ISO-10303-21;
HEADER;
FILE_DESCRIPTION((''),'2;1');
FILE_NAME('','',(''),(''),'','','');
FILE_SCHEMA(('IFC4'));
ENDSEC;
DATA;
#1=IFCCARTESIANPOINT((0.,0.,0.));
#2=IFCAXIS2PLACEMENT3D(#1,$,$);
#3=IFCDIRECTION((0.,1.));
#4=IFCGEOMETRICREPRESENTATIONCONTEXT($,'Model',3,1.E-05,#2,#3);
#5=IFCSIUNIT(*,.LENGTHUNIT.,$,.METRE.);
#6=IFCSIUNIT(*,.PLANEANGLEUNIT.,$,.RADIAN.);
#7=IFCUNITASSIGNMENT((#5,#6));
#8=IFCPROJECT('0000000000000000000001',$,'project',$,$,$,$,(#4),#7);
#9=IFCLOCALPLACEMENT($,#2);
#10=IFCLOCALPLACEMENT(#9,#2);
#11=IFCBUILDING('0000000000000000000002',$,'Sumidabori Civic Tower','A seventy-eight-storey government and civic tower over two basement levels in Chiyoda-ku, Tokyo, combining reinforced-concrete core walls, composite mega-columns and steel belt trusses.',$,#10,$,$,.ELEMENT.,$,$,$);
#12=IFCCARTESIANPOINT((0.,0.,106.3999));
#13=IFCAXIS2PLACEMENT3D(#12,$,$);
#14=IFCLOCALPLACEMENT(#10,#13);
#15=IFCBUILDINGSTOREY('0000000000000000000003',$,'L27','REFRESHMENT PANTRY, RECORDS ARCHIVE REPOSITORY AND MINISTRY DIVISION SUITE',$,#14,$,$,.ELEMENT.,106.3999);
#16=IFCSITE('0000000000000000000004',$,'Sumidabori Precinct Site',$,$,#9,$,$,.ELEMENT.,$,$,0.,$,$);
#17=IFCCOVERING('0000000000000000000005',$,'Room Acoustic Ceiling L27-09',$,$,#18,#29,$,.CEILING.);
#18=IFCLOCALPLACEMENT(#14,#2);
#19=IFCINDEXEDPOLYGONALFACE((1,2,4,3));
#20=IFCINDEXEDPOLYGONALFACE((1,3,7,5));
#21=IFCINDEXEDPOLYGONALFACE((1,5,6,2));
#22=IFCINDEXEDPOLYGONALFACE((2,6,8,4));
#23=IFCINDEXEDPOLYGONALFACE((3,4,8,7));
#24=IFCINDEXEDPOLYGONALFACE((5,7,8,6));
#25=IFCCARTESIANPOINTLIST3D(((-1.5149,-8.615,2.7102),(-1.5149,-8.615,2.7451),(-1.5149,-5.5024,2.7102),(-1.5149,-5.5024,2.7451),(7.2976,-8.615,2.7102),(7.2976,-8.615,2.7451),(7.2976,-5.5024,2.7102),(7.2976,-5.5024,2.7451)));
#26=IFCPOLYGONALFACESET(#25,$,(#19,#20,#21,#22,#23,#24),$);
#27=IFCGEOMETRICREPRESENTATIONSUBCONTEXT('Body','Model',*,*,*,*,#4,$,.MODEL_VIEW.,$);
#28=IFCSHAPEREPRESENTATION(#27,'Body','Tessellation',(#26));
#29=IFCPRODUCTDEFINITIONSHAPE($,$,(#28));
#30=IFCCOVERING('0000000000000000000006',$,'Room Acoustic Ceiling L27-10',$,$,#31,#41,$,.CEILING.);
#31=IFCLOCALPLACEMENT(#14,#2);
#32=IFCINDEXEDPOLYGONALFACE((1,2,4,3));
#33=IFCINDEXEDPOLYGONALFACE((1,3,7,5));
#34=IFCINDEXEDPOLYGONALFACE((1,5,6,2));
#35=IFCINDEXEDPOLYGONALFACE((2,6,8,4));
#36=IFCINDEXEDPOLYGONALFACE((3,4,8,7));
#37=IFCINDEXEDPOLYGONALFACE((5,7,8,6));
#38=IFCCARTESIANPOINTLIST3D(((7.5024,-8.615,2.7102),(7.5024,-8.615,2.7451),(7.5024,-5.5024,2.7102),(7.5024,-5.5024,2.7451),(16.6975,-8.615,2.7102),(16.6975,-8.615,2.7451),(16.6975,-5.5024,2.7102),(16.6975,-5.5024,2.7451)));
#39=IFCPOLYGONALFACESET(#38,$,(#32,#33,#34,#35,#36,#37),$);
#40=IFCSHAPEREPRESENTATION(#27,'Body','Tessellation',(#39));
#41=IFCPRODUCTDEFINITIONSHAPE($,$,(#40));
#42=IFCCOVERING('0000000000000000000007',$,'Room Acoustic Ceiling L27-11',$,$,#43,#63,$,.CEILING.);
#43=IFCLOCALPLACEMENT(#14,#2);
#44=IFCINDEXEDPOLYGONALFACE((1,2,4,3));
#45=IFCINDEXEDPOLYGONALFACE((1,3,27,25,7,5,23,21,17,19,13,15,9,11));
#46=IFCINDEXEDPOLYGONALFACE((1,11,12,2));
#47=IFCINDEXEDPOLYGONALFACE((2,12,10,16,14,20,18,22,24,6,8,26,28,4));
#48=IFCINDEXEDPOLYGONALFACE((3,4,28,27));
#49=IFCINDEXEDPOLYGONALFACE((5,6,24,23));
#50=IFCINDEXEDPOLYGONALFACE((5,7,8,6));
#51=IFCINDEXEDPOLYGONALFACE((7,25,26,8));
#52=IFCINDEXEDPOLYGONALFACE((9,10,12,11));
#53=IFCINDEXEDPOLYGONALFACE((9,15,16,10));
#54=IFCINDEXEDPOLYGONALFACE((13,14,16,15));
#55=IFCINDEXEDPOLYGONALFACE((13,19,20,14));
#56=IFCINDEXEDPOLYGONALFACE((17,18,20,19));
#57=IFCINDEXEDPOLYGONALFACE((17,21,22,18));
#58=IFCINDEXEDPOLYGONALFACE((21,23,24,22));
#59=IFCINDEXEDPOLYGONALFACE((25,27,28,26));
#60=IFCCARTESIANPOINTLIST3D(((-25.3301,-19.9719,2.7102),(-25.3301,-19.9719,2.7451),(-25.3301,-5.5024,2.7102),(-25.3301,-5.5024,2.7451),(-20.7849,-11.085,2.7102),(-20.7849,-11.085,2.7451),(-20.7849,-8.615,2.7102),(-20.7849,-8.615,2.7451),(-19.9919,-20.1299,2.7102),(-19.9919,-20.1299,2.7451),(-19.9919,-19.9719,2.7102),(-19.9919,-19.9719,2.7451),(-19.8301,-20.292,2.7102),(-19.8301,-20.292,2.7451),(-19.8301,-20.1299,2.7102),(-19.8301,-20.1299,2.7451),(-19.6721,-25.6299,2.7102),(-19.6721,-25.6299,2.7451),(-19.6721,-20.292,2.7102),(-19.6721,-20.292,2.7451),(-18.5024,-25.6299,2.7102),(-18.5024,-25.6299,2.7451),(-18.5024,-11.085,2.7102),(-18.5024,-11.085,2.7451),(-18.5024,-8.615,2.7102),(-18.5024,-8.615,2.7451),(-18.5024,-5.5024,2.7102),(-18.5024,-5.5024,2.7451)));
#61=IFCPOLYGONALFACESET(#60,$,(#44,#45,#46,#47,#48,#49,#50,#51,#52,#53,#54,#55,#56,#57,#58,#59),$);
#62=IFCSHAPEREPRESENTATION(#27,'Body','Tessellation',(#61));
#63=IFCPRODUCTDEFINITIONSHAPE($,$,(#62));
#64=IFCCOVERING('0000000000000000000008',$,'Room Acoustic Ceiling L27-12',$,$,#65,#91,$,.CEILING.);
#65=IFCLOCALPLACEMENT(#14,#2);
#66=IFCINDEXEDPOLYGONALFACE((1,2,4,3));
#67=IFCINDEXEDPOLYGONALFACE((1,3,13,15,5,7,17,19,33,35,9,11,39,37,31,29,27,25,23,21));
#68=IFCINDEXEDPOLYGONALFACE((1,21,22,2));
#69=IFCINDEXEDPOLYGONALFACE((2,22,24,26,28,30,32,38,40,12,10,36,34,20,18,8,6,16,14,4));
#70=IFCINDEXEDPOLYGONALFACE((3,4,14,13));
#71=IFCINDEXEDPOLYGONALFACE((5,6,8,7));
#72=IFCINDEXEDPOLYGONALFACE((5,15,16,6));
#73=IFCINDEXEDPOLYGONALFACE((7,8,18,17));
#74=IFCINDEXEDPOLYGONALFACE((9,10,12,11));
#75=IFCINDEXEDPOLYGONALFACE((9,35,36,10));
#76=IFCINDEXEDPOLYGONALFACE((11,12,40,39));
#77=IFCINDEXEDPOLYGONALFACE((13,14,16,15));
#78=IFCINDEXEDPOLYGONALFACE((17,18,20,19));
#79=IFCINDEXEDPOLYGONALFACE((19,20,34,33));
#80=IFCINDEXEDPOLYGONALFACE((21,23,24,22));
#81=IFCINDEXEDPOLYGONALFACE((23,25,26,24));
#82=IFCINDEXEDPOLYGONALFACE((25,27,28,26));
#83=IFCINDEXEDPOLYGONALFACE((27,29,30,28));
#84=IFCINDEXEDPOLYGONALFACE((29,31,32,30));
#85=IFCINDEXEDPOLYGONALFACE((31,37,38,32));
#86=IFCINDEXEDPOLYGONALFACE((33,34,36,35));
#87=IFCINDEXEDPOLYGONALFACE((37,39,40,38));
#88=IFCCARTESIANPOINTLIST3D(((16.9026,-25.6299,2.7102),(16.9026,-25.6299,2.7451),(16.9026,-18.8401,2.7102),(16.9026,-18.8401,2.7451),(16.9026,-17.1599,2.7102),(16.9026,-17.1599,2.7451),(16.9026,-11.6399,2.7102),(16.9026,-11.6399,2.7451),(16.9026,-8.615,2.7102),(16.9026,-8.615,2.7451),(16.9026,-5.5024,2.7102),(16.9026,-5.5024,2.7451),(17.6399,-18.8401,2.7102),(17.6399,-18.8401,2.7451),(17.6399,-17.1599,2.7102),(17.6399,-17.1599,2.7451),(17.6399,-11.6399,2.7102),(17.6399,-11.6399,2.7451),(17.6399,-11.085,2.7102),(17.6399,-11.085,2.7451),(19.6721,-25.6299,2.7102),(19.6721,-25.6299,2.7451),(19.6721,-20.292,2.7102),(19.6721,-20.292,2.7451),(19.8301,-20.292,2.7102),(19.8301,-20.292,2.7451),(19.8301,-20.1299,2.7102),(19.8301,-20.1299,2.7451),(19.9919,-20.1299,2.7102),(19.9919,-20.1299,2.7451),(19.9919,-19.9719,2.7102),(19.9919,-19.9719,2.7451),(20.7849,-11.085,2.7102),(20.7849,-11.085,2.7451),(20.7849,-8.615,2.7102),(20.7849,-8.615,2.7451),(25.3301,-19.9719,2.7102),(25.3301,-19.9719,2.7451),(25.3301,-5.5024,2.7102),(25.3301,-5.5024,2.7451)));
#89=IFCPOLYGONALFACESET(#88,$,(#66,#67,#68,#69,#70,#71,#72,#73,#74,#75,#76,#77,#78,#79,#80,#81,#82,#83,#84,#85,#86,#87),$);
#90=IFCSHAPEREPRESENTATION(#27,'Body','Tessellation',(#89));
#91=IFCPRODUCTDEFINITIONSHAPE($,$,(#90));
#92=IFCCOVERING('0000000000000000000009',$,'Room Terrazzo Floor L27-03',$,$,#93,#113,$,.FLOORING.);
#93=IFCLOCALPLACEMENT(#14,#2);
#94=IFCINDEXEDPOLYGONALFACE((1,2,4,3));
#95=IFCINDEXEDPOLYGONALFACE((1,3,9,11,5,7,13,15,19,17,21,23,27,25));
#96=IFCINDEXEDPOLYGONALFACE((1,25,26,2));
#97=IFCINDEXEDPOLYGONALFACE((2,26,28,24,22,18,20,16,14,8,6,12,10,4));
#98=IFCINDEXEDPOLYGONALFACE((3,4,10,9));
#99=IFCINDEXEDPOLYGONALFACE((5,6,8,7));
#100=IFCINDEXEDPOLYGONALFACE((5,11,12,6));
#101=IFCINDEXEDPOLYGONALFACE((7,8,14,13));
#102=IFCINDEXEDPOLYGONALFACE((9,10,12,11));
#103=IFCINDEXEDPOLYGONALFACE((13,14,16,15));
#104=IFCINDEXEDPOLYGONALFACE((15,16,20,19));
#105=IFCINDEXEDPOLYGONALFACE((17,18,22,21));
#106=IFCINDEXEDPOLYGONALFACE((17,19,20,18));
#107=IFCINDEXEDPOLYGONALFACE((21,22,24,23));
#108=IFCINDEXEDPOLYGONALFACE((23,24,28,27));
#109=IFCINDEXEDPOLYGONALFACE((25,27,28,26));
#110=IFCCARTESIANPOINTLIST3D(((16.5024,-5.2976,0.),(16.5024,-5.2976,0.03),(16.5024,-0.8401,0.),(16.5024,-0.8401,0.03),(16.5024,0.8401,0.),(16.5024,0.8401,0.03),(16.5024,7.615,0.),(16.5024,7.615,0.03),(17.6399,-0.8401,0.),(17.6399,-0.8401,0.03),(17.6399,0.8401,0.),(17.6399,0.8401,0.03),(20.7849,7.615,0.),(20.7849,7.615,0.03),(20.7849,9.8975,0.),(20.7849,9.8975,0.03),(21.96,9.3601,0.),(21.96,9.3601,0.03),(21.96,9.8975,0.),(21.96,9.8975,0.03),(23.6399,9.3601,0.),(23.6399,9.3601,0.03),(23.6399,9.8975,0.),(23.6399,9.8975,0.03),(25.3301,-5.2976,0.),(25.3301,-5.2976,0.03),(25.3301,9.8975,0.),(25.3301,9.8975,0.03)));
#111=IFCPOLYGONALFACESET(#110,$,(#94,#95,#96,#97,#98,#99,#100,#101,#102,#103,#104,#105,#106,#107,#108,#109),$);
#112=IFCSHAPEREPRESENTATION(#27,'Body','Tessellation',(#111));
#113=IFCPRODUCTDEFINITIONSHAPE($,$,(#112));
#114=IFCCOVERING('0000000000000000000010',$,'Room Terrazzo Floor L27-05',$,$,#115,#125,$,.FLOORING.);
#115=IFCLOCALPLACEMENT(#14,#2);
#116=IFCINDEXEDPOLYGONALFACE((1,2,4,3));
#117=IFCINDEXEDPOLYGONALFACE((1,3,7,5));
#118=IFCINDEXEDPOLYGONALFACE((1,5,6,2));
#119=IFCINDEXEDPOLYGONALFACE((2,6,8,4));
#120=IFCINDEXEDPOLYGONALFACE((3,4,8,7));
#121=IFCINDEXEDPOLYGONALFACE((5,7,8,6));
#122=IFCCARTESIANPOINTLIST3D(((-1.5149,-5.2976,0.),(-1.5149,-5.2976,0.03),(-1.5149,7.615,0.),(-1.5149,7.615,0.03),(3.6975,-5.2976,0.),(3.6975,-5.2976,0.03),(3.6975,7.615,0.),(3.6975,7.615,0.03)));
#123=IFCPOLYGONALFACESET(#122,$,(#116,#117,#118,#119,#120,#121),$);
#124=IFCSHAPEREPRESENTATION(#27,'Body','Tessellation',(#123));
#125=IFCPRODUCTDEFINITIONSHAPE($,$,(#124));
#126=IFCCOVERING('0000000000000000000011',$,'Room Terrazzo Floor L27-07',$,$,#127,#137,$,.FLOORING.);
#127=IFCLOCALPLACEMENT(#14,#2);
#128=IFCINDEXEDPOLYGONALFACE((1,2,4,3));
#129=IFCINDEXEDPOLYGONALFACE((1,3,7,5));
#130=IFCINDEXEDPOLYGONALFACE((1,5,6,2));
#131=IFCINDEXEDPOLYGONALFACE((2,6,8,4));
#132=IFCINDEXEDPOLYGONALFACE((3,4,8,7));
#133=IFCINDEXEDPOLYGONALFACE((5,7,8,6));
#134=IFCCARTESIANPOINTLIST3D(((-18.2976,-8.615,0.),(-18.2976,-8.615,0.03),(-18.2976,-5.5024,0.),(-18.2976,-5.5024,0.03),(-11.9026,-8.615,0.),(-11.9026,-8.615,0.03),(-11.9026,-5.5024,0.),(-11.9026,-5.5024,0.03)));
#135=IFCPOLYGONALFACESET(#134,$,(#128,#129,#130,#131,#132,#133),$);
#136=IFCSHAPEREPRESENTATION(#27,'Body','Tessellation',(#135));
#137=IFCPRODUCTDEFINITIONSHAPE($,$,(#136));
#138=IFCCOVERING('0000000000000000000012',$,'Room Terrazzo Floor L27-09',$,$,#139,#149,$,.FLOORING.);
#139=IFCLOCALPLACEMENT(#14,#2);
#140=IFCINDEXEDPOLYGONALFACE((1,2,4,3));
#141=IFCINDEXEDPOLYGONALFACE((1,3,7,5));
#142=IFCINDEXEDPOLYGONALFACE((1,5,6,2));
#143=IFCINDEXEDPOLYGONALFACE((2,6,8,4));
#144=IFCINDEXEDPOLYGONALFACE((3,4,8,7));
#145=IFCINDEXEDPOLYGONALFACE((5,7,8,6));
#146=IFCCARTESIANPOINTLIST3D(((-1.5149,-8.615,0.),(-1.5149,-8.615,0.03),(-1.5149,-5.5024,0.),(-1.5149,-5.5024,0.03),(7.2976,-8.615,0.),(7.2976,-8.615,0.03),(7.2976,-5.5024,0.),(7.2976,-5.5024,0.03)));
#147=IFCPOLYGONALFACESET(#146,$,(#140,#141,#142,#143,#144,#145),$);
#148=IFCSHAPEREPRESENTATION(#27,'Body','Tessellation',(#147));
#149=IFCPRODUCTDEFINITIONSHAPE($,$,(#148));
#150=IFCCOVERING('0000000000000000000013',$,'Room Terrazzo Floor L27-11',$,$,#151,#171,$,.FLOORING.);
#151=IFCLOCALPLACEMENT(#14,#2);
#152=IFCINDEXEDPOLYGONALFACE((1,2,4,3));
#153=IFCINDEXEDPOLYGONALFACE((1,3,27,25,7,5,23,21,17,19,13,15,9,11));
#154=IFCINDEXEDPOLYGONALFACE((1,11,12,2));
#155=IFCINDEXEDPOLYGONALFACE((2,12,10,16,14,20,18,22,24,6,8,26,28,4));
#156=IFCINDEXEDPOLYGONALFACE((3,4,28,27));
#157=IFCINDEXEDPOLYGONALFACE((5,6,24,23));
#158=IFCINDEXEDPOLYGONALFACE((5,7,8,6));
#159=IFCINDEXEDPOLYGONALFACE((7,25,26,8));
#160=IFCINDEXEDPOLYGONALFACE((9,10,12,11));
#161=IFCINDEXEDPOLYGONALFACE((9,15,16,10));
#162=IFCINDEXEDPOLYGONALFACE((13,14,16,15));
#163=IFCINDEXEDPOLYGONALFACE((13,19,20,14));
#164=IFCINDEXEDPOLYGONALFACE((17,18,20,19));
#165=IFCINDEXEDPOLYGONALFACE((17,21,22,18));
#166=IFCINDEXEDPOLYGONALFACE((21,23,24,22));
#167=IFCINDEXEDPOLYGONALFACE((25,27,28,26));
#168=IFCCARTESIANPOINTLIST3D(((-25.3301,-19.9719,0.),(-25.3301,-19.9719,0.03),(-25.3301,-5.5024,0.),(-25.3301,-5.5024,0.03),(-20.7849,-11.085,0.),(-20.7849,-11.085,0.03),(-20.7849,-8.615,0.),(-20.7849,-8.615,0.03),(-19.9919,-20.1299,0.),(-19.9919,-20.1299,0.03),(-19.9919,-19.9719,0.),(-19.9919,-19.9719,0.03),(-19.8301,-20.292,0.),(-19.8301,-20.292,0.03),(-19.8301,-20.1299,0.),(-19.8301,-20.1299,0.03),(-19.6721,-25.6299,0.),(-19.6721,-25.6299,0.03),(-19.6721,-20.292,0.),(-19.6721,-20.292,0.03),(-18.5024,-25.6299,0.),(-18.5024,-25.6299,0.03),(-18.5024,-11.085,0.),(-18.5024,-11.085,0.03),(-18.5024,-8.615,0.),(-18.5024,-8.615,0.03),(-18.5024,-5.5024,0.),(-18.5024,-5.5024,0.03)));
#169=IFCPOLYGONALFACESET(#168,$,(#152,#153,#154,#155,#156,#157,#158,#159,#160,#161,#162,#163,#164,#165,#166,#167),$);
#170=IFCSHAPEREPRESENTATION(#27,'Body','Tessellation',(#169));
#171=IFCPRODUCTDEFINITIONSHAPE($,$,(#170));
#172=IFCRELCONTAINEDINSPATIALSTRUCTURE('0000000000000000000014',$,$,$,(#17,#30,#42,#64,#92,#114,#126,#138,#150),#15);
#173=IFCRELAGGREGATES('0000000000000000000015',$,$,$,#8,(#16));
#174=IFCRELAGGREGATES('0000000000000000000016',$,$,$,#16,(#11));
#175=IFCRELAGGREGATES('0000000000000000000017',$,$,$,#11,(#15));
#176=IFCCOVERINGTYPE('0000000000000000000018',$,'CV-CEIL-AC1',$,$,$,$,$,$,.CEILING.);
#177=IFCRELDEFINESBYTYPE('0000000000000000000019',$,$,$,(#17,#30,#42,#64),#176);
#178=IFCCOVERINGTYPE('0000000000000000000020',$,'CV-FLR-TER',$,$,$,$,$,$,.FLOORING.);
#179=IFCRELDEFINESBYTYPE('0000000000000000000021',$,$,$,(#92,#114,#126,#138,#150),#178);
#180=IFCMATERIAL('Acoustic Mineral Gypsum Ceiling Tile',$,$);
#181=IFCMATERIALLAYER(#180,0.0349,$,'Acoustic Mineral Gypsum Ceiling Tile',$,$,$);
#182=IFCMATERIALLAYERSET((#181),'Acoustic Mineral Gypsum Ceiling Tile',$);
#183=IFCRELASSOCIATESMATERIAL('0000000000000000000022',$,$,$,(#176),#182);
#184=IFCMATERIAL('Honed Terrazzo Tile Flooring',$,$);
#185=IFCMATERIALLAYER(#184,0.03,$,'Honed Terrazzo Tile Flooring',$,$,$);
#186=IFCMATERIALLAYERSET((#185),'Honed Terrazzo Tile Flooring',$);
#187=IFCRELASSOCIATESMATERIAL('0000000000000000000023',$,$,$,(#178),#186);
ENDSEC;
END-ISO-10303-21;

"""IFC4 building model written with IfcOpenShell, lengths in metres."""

from ifc_helpers import new_model, si_unit, direction, frame, origin, place, context, subcontext, project, spatial, polyline, outline, extrude, material, layer, layer_set, type_object, element, save


model = new_model("IFC4")

# Units and contexts
model_context = context("Model", 3, precision=1e-05, world=origin(), true_north=direction((0.0, 1.0)))
body_context = subcontext(model_context, "Body", "Model", "MODEL_VIEW")
ifc_project = project(units=[si_unit("LENGTHUNIT", "METRE"), si_unit("PLANEANGLEUNIT", "RADIAN")], contexts=[model_context])

# Site, building, storey
site_placement = place(None, origin())
site = spatial("IfcSite", under=ifc_project, at=site_placement, Name="Sumidabori Precinct Site", CompositionType="ELEMENT", RefElevation=0.0)
building_placement = place(site_placement, origin())
building = spatial("IfcBuilding", under=site, at=building_placement, Name="Sumidabori Civic Tower", Description="A seventy-eight-storey government and civic tower over two basement levels in Chiyoda-ku, Tokyo, combining reinforced-concrete core walls, composite mega-columns and steel belt trusses.", CompositionType="ELEMENT")
storey_placement = place(building_placement, frame((0.0, 0.0, 106.3999)))
storey = spatial("IfcBuildingStorey", under=building, at=storey_placement, Name="L27", Description="REFRESHMENT PANTRY, RECORDS ARCHIVE REPOSITORY AND MINISTRY DIVISION SUITE", CompositionType="ELEMENT", Elevation=106.3999)

# Coverings
ifc_material_1 = material(Name="Acoustic Mineral Gypsum Ceiling Tile")
ifc_layer_1 = layer(ifc_material_1, 0.0349, Name="Acoustic Mineral Gypsum Ceiling Tile")
ifc_layer_set_1 = layer_set([ifc_layer_1], Name="Acoustic Mineral Gypsum Ceiling Tile")
covering_type_1 = type_object("IfcCoveringType", Name="CV-CEIL-AC1", PredefinedType="CEILING", material=ifc_layer_set_1)
covering_1_placement = place(storey_placement, frame((0.0, 0.0, 2.7102)))
element("IfcCovering", 1, at=covering_1_placement, inside=storey, type_object=covering_type_1, Name="Room Acoustic Ceiling L27-09", PredefinedType="CEILING", context=body_context, shape_type="SweptSolid", body=[
    extrude(outline(polyline([(-1.5149, -8.615), (-1.5149, -5.5024), (7.2976, -5.5024), (7.2976, -8.615), (-1.5149, -8.615)])), origin(), (0.0, 0.0, 1.0), 0.0349),
])
covering_2_placement = place(storey_placement, frame((0.0, 0.0, 2.7102)))
element("IfcCovering", 2, at=covering_2_placement, inside=storey, type_object=covering_type_1, Name="Room Acoustic Ceiling L27-10", PredefinedType="CEILING", context=body_context, shape_type="SweptSolid", body=[
    extrude(outline(polyline([(7.5024, -8.615), (7.5024, -5.5024), (16.6975, -5.5024), (16.6975, -8.615), (7.5024, -8.615)])), origin(), (0.0, 0.0, 1.0), 0.0349),
])
covering_3_placement = place(storey_placement, frame((0.0, 0.0, 2.7102)))
element("IfcCovering", 3, at=covering_3_placement, inside=storey, type_object=covering_type_1, Name="Room Acoustic Ceiling L27-11", PredefinedType="CEILING", context=body_context, shape_type="SweptSolid", body=[
    extrude(outline(polyline([(-25.3301, -19.9719), (-25.3301, -5.5024), (-18.5024, -5.5024), (-18.5024, -8.615), (-20.7849, -8.615), (-20.7849, -11.085), (-18.5024, -11.085), (-18.5024, -25.6299), (-19.6721, -25.6299), (-19.6721, -20.292), (-19.8301, -20.292), (-19.8301, -20.1299), (-19.9919, -20.1299), (-19.9919, -19.9719), (-25.3301, -19.9719)])), origin(), (0.0, 0.0, 1.0), 0.0349),
])
covering_4_placement = place(storey_placement, frame((0.0, 0.0, 2.7102)))
element("IfcCovering", 4, at=covering_4_placement, inside=storey, type_object=covering_type_1, Name="Room Acoustic Ceiling L27-12", PredefinedType="CEILING", context=body_context, shape_type="SweptSolid", body=[
    extrude(outline(polyline([(16.9026, -18.8401), (17.6399, -18.8401), (17.6399, -17.1599), (16.9026, -17.1599), (16.9026, -11.6399), (17.6399, -11.6399), (17.6399, -11.085), (20.7849, -11.085), (20.7849, -8.615), (16.9026, -8.615), (16.9026, -5.5024), (25.3301, -5.5024), (25.3301, -19.9719), (19.9919, -19.9719), (19.9919, -20.1299), (19.8301, -20.1299), (19.8301, -20.292), (19.6721, -20.292), (19.6721, -25.6299), (16.9026, -25.6299), (16.9026, -18.8401)])), origin(), (0.0, 0.0, 1.0), 0.0349),
])
ifc_material_2 = material(Name="Honed Terrazzo Tile Flooring")
ifc_layer_2 = layer(ifc_material_2, 0.03, Name="Honed Terrazzo Tile Flooring")
ifc_layer_set_2 = layer_set([ifc_layer_2], Name="Honed Terrazzo Tile Flooring")
covering_type_2 = type_object("IfcCoveringType", Name="CV-FLR-TER", PredefinedType="FLOORING", material=ifc_layer_set_2)
covering_5_placement = place(storey_placement, origin())
element("IfcCovering", 5, at=covering_5_placement, inside=storey, type_object=covering_type_2, Name="Room Terrazzo Floor L27-03", PredefinedType="FLOORING", context=body_context, shape_type="SweptSolid", body=[
    extrude(outline(polyline([(16.5024, -0.8401), (17.6399, -0.8401), (17.6399, 0.8401), (16.5024, 0.8401), (16.5024, 7.615), (20.7849, 7.615), (20.7849, 9.8975), (21.96, 9.8975), (21.96, 9.3601), (23.6399, 9.3601), (23.6399, 9.8975), (25.3301, 9.8975), (25.3301, -5.2976), (16.5024, -5.2976), (16.5024, -0.8401)])), origin(), (0.0, 0.0, 1.0), 0.03),
])
covering_6_placement = place(storey_placement, origin())
element("IfcCovering", 6, at=covering_6_placement, inside=storey, type_object=covering_type_2, Name="Room Terrazzo Floor L27-05", PredefinedType="FLOORING", context=body_context, shape_type="SweptSolid", body=[
    extrude(outline(polyline([(-1.5149, 7.615), (3.6975, 7.615), (3.6975, -5.2976), (-1.5149, -5.2976), (-1.5149, 7.615)])), origin(), (0.0, 0.0, 1.0), 0.03),
])
covering_7_placement = place(storey_placement, origin())
element("IfcCovering", 7, at=covering_7_placement, inside=storey, type_object=covering_type_2, Name="Room Terrazzo Floor L27-07", PredefinedType="FLOORING", context=body_context, shape_type="SweptSolid", body=[
    extrude(outline(polyline([(-18.2976, -8.615), (-18.2976, -5.5024), (-11.9026, -5.5024), (-11.9026, -8.615), (-18.2976, -8.615)])), origin(), (0.0, 0.0, 1.0), 0.03),
])
covering_8_placement = place(storey_placement, origin())
element("IfcCovering", 8, at=covering_8_placement, inside=storey, type_object=covering_type_2, Name="Room Terrazzo Floor L27-09", PredefinedType="FLOORING", context=body_context, shape_type="SweptSolid", body=[
    extrude(outline(polyline([(-1.5149, -8.615), (-1.5149, -5.5024), (7.2976, -5.5024), (7.2976, -8.615), (-1.5149, -8.615)])), origin(), (0.0, 0.0, 1.0), 0.03),
])
covering_9_placement = place(storey_placement, origin())
element("IfcCovering", 9, at=covering_9_placement, inside=storey, type_object=covering_type_2, Name="Room Terrazzo Floor L27-11", PredefinedType="FLOORING", context=body_context, shape_type="SweptSolid", body=[
    extrude(outline(polyline([(-25.3301, -19.9719), (-25.3301, -5.5024), (-18.5024, -5.5024), (-18.5024, -8.615), (-20.7849, -8.615), (-20.7849, -11.085), (-18.5024, -11.085), (-18.5024, -25.6299), (-19.6721, -25.6299), (-19.6721, -20.292), (-19.8301, -20.292), (-19.8301, -20.1299), (-19.9919, -20.1299), (-19.9919, -19.9719), (-25.3301, -19.9719)])), origin(), (0.0, 0.0, 1.0), 0.03),
])

save(model, "model.ifc")
